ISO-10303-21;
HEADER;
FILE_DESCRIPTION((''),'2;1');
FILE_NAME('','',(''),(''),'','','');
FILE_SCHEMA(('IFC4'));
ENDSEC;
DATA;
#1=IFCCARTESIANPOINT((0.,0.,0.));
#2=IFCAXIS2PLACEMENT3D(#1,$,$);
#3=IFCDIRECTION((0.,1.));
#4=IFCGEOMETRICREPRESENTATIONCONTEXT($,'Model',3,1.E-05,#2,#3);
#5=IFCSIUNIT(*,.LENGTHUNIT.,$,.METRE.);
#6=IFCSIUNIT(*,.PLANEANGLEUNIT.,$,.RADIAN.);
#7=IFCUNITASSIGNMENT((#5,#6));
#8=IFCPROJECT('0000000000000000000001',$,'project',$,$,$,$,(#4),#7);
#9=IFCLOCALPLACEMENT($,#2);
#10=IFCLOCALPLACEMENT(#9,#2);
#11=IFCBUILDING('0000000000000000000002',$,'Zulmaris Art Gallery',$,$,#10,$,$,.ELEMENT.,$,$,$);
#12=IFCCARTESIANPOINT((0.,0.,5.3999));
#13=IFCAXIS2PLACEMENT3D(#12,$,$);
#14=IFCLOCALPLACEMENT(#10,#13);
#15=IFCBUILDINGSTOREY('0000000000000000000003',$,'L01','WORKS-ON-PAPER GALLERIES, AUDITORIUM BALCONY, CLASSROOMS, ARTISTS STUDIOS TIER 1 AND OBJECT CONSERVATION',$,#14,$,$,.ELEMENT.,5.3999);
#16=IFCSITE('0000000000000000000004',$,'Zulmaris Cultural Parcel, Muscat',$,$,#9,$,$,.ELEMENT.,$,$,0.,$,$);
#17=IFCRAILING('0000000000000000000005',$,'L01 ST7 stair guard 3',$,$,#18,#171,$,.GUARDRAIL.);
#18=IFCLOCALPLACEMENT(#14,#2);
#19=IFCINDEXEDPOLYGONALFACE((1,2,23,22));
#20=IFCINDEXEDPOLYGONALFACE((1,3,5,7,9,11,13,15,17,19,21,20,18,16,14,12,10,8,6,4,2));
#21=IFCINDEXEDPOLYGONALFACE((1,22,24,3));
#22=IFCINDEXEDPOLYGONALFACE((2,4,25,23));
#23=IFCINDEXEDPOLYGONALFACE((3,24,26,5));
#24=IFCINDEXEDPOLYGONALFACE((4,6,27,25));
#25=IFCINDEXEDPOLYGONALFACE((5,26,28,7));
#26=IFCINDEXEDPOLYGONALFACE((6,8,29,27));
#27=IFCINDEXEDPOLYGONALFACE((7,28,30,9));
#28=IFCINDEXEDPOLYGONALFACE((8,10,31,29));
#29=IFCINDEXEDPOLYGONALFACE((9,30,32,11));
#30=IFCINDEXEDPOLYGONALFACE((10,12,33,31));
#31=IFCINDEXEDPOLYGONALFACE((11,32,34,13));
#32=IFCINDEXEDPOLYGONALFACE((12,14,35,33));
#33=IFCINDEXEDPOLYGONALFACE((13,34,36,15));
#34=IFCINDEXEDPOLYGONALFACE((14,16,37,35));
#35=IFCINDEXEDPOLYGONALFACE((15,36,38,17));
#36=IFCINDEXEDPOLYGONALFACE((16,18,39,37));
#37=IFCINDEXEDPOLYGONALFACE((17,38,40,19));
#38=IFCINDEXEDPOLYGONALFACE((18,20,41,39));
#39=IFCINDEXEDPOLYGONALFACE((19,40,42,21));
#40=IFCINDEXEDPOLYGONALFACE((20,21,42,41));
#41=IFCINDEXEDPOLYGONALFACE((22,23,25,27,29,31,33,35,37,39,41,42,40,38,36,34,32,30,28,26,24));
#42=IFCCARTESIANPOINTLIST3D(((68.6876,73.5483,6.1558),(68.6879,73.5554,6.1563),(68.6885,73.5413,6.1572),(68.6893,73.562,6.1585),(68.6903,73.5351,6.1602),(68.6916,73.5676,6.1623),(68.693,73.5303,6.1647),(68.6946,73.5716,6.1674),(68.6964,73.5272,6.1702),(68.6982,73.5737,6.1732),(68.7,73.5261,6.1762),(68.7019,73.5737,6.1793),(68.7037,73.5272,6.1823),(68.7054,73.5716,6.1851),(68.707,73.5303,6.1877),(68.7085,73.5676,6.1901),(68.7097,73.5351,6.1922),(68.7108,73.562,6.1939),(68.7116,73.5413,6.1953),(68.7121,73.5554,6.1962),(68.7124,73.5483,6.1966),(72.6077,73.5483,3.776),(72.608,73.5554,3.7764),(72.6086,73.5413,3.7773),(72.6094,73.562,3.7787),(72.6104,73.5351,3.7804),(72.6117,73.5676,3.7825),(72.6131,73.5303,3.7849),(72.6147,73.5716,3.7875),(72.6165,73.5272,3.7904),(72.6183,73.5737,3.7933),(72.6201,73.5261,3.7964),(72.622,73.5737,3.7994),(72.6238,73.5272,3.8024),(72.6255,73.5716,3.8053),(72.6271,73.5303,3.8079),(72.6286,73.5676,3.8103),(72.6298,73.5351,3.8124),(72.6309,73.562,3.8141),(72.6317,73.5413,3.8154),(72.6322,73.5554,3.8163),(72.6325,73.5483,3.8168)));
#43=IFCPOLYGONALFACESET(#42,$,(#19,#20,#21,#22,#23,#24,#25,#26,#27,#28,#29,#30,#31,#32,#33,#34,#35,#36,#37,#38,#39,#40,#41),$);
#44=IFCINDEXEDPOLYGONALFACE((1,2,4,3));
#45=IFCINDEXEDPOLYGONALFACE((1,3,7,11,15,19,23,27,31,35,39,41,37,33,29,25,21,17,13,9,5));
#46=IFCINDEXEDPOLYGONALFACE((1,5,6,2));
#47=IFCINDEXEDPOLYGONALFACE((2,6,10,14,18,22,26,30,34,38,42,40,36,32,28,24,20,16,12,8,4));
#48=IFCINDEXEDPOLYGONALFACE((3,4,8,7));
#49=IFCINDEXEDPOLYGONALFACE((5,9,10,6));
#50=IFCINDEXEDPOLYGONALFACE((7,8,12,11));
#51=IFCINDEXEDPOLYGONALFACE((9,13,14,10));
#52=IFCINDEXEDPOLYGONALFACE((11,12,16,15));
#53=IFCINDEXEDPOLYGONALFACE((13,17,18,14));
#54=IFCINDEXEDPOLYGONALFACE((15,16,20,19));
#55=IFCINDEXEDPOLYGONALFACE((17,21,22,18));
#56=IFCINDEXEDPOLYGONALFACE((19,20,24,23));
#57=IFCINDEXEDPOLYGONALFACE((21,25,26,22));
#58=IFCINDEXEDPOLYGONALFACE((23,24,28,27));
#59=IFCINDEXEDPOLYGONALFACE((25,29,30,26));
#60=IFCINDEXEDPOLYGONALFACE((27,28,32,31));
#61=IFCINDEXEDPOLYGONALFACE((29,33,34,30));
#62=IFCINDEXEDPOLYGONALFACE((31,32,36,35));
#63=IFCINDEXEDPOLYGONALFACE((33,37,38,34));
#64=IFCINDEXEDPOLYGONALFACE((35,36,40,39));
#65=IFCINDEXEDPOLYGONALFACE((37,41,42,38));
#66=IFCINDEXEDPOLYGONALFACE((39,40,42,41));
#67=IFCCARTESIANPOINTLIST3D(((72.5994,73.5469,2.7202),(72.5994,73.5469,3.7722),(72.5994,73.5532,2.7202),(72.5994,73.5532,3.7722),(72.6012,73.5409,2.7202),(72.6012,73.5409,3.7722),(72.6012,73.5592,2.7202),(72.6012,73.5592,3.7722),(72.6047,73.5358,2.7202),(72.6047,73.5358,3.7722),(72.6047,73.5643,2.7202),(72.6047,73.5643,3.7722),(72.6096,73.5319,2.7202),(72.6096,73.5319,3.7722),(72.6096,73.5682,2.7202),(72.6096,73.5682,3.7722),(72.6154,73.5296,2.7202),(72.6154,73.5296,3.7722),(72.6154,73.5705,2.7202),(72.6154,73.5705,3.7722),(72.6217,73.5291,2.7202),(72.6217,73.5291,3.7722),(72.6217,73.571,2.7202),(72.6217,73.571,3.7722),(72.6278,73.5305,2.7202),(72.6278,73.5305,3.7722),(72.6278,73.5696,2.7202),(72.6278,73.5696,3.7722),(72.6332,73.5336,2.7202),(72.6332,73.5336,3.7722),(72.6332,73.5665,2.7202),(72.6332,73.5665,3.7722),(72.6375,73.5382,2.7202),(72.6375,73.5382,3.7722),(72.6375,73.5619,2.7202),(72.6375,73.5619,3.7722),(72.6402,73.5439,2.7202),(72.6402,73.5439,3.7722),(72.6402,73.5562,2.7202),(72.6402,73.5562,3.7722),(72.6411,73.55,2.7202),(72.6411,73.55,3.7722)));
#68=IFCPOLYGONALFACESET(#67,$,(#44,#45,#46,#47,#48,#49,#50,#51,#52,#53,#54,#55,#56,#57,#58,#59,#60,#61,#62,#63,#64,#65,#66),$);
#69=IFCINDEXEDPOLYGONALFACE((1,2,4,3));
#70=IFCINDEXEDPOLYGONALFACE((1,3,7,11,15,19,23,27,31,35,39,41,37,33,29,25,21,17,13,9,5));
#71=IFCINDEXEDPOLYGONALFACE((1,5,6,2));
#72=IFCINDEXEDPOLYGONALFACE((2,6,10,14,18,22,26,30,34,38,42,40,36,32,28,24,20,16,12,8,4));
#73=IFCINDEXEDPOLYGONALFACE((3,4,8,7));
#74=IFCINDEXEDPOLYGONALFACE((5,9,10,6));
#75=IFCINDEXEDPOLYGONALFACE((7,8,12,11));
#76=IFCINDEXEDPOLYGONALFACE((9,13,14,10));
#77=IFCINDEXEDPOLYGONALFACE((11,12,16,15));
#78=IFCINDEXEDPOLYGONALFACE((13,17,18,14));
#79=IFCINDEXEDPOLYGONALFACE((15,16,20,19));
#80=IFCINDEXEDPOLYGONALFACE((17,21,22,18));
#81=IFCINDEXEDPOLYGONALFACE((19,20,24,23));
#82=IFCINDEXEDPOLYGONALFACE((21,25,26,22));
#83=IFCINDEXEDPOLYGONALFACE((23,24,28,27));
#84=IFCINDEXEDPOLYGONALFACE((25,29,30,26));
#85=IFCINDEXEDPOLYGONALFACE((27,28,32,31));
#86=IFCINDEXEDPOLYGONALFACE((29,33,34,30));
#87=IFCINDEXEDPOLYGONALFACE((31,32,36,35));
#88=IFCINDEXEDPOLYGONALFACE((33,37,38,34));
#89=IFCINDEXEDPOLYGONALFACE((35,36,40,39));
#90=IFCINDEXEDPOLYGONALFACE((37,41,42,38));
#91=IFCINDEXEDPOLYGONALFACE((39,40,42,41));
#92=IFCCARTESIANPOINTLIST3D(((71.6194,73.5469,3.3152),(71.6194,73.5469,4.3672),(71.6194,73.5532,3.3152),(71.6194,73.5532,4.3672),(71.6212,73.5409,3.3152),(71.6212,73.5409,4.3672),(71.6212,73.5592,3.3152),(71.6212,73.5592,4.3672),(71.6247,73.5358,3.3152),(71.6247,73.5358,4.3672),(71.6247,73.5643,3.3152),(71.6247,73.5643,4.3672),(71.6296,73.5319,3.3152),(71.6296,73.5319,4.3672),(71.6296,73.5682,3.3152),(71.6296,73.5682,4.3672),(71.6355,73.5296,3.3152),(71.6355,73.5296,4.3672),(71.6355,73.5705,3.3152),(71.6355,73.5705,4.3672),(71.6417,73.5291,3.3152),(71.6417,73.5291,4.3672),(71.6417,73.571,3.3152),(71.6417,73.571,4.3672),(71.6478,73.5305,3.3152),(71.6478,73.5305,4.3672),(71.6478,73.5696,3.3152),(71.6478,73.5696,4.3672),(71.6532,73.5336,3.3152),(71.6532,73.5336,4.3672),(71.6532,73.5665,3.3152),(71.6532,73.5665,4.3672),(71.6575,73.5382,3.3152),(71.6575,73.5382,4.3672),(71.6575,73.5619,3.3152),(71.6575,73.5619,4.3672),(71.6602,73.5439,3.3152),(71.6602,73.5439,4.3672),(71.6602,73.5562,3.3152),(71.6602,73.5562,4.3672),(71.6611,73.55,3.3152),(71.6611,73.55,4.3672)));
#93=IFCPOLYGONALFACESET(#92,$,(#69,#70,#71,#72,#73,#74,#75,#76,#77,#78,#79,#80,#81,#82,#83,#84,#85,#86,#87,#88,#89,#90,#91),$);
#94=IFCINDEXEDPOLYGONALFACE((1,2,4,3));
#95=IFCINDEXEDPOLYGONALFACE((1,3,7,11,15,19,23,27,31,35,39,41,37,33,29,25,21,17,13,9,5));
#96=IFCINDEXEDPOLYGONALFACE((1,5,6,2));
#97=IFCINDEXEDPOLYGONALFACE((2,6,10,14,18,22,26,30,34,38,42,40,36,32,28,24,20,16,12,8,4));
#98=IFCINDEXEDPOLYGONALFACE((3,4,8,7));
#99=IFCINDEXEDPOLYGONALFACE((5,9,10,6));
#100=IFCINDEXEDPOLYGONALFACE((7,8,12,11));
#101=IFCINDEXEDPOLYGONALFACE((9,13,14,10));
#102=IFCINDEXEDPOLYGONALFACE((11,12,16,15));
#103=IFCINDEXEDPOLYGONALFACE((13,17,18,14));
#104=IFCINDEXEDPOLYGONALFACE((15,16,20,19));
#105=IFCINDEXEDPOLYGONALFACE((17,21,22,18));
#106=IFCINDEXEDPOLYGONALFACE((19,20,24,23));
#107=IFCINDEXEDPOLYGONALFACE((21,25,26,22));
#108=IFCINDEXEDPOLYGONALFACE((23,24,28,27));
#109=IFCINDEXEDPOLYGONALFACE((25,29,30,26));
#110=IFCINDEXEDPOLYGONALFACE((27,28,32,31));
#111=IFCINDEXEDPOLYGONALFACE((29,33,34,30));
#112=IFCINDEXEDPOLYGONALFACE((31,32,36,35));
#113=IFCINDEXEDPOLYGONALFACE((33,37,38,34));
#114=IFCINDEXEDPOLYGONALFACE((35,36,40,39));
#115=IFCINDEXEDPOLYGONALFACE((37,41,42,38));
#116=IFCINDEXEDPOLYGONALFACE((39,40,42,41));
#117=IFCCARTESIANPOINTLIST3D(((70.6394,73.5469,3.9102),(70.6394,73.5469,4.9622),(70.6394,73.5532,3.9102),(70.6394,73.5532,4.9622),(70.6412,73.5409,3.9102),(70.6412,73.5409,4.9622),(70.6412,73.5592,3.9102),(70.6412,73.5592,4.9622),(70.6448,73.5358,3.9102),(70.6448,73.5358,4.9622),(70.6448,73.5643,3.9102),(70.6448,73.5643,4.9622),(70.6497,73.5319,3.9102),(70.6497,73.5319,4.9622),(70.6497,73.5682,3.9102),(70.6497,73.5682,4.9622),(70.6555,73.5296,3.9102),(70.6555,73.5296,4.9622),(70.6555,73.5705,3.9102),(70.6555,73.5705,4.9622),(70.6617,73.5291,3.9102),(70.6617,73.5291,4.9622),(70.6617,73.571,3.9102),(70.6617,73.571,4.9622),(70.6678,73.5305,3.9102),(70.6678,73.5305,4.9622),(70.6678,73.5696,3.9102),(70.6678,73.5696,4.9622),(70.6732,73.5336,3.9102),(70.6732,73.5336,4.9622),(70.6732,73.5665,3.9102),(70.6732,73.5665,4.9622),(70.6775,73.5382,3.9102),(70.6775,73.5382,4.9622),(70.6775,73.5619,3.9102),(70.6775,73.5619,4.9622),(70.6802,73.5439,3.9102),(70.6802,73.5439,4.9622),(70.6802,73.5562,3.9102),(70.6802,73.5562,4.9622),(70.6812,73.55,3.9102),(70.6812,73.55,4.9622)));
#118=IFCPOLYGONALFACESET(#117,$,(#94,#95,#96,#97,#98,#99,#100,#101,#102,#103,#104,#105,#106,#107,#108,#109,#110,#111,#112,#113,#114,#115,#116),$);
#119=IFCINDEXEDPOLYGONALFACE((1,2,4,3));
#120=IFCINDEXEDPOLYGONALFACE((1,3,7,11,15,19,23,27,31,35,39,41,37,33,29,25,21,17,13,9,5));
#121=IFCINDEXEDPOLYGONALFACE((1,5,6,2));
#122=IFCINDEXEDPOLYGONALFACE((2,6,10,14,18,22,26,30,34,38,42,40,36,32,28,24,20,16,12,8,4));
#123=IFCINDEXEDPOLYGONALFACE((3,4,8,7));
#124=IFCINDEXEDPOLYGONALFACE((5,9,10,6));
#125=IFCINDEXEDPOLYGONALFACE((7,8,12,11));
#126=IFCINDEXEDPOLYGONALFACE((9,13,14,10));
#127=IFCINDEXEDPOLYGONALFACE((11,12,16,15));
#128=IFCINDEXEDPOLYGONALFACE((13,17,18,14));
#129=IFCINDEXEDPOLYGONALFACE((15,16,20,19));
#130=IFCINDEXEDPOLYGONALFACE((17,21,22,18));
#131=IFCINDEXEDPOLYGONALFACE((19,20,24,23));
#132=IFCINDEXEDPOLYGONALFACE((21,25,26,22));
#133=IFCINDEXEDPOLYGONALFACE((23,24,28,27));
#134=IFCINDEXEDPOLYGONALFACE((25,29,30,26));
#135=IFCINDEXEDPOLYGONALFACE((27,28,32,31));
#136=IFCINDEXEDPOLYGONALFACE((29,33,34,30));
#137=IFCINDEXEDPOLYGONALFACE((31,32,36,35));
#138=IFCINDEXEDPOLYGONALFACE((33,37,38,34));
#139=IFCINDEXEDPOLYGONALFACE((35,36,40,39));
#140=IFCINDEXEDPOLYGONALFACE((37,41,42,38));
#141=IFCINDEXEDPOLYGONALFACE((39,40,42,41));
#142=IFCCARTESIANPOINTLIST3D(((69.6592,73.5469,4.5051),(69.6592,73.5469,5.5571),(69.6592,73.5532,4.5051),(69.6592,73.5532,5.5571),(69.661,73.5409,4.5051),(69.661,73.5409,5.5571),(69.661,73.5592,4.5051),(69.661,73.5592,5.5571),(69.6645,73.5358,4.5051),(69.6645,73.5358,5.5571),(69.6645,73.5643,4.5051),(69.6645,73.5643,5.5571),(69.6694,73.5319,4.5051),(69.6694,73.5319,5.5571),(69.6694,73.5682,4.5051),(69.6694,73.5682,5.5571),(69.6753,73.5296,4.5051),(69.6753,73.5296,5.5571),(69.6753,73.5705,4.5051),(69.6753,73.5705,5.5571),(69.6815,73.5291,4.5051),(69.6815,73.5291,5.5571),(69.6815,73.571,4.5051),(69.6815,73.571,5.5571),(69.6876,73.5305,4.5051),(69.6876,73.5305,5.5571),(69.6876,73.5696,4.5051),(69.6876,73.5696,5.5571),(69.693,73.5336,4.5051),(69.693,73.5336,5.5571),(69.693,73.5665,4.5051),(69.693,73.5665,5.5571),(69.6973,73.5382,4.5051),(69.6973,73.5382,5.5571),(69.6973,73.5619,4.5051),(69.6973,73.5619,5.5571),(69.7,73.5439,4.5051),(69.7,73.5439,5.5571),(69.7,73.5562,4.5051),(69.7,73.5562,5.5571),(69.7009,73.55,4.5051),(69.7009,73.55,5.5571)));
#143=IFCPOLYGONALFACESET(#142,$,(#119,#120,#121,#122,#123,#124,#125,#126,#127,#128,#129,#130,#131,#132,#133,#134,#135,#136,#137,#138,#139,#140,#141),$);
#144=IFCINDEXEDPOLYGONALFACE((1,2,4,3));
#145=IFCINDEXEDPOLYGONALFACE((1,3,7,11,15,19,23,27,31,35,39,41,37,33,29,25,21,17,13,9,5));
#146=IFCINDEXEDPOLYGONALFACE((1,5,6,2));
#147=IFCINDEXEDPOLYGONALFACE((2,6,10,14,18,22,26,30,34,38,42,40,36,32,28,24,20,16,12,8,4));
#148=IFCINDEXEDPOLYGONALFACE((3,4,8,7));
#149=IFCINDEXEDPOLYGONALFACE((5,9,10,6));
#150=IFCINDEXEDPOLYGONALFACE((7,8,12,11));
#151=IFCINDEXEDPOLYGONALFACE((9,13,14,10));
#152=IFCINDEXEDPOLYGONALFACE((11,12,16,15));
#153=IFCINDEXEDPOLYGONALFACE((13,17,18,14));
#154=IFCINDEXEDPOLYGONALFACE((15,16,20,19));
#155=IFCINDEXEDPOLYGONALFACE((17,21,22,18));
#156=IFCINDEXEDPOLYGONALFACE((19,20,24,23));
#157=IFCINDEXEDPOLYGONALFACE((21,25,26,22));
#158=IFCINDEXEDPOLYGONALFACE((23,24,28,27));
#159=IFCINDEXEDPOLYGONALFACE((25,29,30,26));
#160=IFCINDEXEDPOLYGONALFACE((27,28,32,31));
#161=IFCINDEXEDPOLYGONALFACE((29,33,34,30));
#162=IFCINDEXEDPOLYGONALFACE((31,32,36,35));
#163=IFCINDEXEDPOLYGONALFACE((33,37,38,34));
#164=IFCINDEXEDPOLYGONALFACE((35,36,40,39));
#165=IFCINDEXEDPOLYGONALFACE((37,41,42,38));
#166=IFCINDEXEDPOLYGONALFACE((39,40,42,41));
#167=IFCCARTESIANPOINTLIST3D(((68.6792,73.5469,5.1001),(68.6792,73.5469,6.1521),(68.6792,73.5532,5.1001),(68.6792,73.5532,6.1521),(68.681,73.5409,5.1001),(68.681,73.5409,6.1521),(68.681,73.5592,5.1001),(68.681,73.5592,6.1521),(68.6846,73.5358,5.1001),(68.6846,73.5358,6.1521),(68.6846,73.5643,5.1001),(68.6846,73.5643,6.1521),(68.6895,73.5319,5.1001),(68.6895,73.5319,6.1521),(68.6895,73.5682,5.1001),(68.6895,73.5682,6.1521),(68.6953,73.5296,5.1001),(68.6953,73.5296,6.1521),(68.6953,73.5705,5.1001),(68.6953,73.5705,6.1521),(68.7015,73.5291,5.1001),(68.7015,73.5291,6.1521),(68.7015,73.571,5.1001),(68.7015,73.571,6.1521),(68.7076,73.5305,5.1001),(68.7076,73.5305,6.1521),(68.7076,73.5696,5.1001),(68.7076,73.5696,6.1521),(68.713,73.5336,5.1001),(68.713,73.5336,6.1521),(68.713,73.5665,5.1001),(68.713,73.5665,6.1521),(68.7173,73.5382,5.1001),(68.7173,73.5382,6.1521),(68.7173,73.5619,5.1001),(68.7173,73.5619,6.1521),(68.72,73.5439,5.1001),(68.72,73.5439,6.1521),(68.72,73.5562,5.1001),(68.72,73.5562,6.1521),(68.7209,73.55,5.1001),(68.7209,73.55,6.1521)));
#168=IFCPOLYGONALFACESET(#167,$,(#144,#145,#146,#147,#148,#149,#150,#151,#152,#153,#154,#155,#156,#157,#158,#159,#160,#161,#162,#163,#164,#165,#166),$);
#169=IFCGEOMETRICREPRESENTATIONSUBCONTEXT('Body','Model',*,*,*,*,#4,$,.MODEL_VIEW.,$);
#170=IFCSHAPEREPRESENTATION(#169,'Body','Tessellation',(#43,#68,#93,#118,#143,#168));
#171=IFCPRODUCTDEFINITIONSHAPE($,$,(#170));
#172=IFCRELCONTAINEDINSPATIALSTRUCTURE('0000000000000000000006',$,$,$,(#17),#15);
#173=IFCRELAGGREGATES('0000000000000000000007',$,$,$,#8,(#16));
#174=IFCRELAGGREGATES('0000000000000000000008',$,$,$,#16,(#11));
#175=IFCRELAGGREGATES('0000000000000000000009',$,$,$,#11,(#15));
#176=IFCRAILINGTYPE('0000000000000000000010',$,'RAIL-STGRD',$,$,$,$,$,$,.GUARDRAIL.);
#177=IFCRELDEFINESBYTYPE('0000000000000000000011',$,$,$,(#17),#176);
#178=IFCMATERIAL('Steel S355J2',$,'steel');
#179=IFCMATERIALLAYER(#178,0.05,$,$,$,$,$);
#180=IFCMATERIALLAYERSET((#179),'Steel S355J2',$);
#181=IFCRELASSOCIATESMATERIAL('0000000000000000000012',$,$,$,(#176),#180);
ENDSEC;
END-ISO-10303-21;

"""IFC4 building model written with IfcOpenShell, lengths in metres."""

from ifc_helpers import new_model, si_unit, direction, frame, origin, origin_2d, place, context, subcontext, project, spatial, circle, extrude, material, layer, layer_set, type_object, element, save


model = new_model("IFC4")

# Units and contexts
model_context = context("Model", 3, precision=1e-05, world=origin(), true_north=direction((0.0, 1.0)))
body_context = subcontext(model_context, "Body", "Model", "MODEL_VIEW")
ifc_project = project(units=[si_unit("LENGTHUNIT", "METRE"), si_unit("PLANEANGLEUNIT", "RADIAN")], contexts=[model_context])

# Site, building, storey
site_placement = place(None, origin())
site = spatial("IfcSite", under=ifc_project, at=site_placement, Name="Zulmaris Cultural Parcel, Muscat", CompositionType="ELEMENT", RefElevation=0.0)
building_placement = place(site_placement, origin())
building = spatial("IfcBuilding", under=site, at=building_placement, Name="Zulmaris Art Gallery", CompositionType="ELEMENT")
storey_placement = place(building_placement, frame((0.0, 0.0, 5.3999)))
storey = spatial("IfcBuildingStorey", under=building, at=storey_placement, Name="L01", Description="WORKS-ON-PAPER GALLERIES, AUDITORIUM BALCONY, CLASSROOMS, ARTISTS STUDIOS TIER 1 AND OBJECT CONSERVATION", CompositionType="ELEMENT", Elevation=5.3999)

# Shared definitions
ifc_material_1 = material(Name="Steel S355J2", Category="steel")

# Railing
ifc_layer_1 = layer(ifc_material_1, 0.05)
ifc_layer_set_1 = layer_set([ifc_layer_1], Name="Steel S355J2")
railing_type_1 = type_object("IfcRailingType", Name="RAIL-STGRD", PredefinedType="GUARDRAIL", material=ifc_layer_set_1)
railing_1_placement = place(storey_placement, frame((72.6201, 73.55, 2.7202)))
element("IfcRailing", 1, at=railing_1_placement, inside=storey, type_object=railing_type_1, Name="L01 ST7 stair guard 3", PredefinedType="GUARDRAIL", context=body_context, shape_type="SweptSolid", body=[
    extrude(circle(Radius=0.0239, at=origin_2d()), frame((0.0, 0.0, 1.0762), z_axis=(-0.854809, 0.0, 0.518943), x_axis=(0.0, -1.0, 0.0)), (0.0, 0.0, 1.0), 4.5859),
    extrude(circle(Radius=0.021, at=origin_2d()), origin(), (0.0, 0.0, 1.0), 1.052),
    extrude(circle(Radius=0.021, at=origin_2d()), frame((-0.98, 0.0, 0.595)), (0.0, 0.0, 1.0), 1.052),
    extrude(circle(Radius=0.021, at=origin_2d()), frame((-1.96, 0.0, 1.1899)), (0.0, 0.0, 1.0), 1.052),
    extrude(circle(Radius=0.021, at=origin_2d()), frame((-2.9402, 0.0, 1.7849)), (0.0, 0.0, 1.0), 1.052),
    extrude(circle(Radius=0.021, at=origin_2d()), frame((-3.9202, 0.0, 2.3799)), (0.0, 0.0, 1.0), 1.052),
])

save(model, "model.ifc")
